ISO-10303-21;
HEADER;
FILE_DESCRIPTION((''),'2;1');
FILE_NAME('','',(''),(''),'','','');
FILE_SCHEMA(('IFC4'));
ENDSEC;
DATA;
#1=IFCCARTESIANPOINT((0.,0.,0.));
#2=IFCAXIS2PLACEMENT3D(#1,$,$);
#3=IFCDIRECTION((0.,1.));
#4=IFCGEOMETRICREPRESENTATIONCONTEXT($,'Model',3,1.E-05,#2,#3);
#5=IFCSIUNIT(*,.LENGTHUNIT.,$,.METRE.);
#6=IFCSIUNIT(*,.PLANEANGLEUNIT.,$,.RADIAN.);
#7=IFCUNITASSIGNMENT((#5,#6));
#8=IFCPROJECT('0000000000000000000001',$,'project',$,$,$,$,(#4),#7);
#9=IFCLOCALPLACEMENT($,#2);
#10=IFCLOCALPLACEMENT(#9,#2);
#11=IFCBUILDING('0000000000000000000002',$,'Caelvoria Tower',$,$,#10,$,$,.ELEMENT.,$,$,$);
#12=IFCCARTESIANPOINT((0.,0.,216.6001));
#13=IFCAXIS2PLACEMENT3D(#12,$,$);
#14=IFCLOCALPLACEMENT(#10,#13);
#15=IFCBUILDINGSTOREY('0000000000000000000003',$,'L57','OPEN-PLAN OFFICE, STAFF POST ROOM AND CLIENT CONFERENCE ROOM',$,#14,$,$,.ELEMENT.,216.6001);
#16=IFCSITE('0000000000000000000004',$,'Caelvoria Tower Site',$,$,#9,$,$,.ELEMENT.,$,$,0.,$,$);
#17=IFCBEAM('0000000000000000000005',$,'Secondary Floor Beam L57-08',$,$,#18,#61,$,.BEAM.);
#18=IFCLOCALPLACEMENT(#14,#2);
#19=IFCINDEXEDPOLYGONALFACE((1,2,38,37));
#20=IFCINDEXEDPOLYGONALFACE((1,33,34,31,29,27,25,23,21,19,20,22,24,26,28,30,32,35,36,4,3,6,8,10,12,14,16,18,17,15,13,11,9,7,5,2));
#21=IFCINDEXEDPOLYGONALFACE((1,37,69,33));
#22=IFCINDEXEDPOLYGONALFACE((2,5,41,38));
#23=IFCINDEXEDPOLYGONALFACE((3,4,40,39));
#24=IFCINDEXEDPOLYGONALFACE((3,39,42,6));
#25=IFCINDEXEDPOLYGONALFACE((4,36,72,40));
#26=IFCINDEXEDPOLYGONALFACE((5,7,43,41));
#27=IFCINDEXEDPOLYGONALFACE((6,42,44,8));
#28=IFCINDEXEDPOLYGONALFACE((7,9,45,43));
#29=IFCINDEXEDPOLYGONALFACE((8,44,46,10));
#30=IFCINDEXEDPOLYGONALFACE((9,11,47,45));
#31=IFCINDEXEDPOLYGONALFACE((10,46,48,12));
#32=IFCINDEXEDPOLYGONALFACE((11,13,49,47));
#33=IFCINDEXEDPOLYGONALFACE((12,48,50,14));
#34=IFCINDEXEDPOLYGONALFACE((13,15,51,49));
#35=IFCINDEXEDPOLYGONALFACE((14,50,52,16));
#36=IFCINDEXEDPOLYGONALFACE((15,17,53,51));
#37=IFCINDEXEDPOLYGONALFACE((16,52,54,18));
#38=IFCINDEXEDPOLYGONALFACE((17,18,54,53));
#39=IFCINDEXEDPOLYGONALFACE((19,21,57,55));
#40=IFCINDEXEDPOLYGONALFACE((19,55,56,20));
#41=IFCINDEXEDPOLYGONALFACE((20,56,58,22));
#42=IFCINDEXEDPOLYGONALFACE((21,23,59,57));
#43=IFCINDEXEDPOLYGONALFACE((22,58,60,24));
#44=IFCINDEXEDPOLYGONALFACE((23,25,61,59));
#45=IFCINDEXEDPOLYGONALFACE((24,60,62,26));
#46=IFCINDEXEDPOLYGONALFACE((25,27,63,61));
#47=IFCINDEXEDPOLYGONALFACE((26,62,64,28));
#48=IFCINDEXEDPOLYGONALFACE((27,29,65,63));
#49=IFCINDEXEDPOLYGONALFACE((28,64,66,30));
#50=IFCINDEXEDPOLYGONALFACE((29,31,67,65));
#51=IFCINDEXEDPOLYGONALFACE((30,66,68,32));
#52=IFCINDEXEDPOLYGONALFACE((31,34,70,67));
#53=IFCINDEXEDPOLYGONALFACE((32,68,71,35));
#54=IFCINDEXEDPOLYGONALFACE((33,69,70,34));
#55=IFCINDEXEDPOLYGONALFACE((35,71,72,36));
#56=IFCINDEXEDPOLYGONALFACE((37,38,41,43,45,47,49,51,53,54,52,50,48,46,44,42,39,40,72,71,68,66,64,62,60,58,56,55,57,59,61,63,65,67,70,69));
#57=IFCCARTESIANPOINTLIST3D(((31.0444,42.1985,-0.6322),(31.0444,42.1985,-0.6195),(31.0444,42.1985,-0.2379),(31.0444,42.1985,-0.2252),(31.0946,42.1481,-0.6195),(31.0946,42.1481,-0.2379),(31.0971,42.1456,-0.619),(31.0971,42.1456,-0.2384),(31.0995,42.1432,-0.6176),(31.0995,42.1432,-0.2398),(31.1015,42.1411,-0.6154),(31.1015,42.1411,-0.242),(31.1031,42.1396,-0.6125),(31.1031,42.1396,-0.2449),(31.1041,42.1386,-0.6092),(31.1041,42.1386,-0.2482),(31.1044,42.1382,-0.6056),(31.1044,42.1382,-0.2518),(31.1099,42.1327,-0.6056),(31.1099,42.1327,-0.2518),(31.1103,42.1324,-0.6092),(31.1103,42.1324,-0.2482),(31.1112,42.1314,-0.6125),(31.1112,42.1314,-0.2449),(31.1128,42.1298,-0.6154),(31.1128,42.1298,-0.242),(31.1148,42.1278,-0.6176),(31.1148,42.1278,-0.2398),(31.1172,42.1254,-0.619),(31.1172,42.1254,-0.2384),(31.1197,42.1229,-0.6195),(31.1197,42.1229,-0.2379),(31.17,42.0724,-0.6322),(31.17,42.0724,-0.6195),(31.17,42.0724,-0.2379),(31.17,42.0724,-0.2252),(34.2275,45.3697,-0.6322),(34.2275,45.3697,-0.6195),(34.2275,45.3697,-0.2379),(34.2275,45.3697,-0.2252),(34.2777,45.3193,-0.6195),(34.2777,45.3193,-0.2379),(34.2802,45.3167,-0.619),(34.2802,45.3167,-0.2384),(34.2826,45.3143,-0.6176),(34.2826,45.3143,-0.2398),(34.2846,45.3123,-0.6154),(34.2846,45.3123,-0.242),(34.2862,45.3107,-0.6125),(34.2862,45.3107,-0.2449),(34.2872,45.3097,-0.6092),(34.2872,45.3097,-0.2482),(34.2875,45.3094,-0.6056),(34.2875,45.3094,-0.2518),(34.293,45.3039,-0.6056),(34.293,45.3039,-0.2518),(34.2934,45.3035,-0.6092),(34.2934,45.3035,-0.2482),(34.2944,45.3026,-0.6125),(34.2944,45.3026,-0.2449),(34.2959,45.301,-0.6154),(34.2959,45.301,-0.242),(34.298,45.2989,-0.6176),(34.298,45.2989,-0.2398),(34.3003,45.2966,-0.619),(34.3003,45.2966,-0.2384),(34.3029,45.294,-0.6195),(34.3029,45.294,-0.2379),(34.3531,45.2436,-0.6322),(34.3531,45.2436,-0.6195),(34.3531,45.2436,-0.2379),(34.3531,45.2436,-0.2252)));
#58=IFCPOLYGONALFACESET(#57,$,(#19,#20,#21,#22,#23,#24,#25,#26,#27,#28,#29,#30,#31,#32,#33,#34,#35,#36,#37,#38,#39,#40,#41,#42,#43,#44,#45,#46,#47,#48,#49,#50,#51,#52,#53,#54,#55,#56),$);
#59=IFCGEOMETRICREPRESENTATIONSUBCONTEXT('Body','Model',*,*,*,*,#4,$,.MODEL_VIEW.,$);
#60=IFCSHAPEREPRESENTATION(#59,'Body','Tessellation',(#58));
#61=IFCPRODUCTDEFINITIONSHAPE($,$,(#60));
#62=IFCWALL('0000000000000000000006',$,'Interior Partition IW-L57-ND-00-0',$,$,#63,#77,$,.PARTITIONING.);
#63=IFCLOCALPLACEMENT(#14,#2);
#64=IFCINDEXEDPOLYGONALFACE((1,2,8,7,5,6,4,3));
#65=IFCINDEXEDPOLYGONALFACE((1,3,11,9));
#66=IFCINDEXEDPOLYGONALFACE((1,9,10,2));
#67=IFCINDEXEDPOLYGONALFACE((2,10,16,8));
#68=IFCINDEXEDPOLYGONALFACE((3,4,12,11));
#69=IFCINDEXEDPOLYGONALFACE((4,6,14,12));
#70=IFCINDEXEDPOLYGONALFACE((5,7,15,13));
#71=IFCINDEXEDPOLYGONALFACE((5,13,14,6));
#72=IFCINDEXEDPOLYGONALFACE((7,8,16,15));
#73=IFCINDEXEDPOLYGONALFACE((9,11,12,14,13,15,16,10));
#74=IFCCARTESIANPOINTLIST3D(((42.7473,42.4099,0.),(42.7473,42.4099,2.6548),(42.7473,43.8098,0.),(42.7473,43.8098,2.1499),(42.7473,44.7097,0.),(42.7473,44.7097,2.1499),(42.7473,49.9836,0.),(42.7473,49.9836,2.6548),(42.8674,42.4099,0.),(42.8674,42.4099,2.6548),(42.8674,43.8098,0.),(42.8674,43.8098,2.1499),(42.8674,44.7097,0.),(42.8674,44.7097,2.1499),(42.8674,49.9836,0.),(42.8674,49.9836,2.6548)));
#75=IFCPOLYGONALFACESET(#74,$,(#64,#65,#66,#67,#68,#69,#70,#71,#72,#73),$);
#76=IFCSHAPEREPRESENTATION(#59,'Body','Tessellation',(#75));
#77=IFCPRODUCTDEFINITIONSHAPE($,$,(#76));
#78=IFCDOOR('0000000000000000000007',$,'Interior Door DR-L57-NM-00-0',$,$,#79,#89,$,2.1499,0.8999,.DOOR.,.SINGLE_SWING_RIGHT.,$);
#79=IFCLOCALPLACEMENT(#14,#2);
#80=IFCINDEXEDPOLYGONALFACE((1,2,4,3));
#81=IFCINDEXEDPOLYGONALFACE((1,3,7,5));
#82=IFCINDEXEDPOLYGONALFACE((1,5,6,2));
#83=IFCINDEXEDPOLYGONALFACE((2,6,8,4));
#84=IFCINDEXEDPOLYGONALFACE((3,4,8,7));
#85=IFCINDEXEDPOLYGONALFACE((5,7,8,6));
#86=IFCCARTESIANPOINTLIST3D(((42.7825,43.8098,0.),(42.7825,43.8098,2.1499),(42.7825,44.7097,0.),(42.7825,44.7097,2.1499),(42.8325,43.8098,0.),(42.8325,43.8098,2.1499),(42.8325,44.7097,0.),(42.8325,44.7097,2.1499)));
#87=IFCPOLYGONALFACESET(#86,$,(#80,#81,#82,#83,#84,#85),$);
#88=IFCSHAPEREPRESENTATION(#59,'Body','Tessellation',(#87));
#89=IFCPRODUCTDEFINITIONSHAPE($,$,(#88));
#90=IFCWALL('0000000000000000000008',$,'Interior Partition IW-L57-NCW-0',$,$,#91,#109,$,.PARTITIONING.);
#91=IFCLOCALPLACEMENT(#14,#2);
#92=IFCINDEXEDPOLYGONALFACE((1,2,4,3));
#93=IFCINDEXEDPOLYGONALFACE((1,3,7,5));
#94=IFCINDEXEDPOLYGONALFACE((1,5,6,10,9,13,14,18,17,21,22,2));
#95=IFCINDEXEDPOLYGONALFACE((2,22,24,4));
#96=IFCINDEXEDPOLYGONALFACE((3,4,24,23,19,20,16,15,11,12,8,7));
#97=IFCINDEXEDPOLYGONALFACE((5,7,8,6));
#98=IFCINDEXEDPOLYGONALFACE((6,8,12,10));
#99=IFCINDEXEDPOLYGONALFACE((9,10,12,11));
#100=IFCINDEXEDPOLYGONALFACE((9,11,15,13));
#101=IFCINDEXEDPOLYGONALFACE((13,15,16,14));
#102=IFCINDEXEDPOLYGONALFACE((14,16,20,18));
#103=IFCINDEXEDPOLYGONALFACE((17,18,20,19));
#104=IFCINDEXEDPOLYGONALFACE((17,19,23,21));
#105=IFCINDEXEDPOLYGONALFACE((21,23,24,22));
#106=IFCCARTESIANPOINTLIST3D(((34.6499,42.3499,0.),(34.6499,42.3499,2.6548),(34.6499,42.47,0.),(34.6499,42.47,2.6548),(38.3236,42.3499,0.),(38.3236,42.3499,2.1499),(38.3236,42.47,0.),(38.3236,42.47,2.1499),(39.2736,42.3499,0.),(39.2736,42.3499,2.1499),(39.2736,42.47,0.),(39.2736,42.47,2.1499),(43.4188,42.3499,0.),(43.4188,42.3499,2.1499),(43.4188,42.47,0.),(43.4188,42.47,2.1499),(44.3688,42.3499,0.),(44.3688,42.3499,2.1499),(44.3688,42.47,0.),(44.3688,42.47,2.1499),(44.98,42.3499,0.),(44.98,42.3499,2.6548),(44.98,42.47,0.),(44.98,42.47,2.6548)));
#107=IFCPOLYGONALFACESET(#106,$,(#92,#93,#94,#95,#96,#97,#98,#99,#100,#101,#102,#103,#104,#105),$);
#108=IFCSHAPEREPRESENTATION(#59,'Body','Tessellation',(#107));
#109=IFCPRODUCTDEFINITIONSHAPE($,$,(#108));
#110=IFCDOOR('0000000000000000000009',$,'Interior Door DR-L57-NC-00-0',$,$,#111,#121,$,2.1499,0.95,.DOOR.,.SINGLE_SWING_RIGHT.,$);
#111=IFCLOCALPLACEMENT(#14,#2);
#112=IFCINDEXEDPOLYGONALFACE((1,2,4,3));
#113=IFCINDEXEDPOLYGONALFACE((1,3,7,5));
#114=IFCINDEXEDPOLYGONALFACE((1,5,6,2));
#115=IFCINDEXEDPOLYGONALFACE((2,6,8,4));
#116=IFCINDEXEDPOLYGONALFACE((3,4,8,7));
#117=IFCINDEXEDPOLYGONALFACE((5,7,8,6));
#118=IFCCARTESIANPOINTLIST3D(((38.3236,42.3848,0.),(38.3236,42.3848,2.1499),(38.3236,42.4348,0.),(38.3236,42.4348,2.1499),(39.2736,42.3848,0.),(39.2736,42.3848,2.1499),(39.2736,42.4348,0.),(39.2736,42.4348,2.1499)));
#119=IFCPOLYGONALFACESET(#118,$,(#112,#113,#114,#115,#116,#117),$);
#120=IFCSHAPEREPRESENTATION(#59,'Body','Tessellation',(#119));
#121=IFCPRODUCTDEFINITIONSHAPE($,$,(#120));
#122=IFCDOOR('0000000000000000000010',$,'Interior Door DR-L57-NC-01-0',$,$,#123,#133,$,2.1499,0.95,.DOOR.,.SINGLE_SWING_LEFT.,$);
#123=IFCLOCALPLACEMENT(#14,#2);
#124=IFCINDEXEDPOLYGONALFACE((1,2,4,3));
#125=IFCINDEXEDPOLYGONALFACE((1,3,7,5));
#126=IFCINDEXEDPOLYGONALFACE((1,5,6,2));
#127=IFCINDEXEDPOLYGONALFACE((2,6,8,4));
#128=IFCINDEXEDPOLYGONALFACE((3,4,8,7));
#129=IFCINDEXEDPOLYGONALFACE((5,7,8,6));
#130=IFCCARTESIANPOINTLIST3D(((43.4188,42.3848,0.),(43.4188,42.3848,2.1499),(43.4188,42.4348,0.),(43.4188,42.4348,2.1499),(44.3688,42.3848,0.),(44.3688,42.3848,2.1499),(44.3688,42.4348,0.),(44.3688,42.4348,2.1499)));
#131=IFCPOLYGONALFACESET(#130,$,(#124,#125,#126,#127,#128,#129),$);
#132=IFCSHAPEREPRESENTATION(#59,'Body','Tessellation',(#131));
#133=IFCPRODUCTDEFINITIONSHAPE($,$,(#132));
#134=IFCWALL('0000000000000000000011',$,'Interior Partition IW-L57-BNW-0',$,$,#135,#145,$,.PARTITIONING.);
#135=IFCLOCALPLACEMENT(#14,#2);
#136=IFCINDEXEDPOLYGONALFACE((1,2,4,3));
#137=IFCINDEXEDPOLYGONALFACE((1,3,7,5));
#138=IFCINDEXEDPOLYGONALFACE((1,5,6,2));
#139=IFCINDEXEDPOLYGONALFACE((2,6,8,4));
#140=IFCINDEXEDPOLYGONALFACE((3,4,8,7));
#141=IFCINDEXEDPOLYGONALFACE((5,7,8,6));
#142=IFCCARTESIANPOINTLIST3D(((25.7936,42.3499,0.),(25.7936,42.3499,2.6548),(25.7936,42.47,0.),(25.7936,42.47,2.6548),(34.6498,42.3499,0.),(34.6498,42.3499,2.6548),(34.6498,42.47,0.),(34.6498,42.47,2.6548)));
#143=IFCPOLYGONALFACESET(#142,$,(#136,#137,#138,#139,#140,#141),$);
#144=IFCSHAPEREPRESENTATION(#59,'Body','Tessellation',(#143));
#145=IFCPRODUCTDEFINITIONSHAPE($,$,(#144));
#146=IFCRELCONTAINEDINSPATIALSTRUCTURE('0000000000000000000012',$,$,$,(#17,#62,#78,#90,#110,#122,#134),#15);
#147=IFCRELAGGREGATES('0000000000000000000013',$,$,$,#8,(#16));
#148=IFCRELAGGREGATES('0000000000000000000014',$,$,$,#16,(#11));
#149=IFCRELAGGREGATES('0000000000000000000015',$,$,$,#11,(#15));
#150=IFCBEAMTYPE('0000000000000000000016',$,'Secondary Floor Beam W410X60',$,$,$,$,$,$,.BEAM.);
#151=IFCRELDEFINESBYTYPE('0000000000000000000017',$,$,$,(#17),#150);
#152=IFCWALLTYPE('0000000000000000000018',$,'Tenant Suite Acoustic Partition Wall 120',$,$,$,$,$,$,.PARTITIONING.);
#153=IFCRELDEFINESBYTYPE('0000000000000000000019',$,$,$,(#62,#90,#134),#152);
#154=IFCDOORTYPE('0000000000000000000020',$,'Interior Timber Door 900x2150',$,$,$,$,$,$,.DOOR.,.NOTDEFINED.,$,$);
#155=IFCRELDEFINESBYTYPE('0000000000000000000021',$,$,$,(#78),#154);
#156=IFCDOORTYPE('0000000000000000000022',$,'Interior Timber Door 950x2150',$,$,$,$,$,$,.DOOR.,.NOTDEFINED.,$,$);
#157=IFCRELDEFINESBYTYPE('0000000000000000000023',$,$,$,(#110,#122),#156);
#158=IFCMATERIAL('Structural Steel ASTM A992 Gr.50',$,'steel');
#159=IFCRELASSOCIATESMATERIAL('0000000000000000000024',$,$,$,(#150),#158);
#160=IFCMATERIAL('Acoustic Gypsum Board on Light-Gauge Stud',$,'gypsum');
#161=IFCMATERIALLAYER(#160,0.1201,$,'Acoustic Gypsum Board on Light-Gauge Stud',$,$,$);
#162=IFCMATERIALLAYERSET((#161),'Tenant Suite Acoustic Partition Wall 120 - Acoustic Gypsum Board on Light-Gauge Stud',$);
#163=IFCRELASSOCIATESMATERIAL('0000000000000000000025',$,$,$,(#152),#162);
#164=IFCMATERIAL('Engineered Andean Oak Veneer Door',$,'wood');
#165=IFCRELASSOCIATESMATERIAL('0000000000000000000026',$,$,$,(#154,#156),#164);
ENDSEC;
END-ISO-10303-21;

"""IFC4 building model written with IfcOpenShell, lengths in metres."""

from ifc_helpers import new_model, si_unit, direction, frame, frame_2d, origin, origin_2d, place, context, subcontext, project, spatial, rectangle, i_section, extrude, material, layer, layer_set, material_profile, profile_set, type_object, element, fill, save


model = new_model("IFC4")

# Units and contexts
model_context = context("Model", 3, precision=1e-05, world=origin(), true_north=direction((0.0, 1.0)))
body_context = subcontext(model_context, "Body", "Model", "MODEL_VIEW")
ifc_project = project(units=[si_unit("LENGTHUNIT", "METRE"), si_unit("PLANEANGLEUNIT", "RADIAN")], contexts=[model_context])

# Site, building, storey
site_placement = place(None, origin())
site = spatial("IfcSite", under=ifc_project, at=site_placement, Name="Caelvoria Tower Site", CompositionType="ELEMENT", RefElevation=0.0)
building_placement = place(site_placement, origin())
building = spatial("IfcBuilding", under=site, at=building_placement, Name="Caelvoria Tower", CompositionType="ELEMENT")
storey_placement = place(building_placement, frame((0.0, 0.0, 216.6001)))
storey = spatial("IfcBuildingStorey", under=building, at=storey_placement, Name="L57", Description="OPEN-PLAN OFFICE, STAFF POST ROOM AND CLIENT CONFERENCE ROOM", CompositionType="ELEMENT", Elevation=216.6001)

# Shared definitions
ifc_material_1 = material(Name="Structural Steel ASTM A992 Gr.50", Category="steel")

# Beam
ifc_material_profile_1 = material_profile(ifc_material_1, i_section(OverallWidth=0.178, OverallDepth=0.407, WebThickness=0.0078, FlangeThickness=0.0127, FilletRadius=0.0139, at=origin_2d()), Name="Structural Steel ASTM A992 Gr.50")
ifc_profile_set_1 = profile_set([ifc_material_profile_1], Name="W410X60 - Structural Steel ASTM A992 Gr.50")
beam_type_1 = type_object("IfcBeamType", Name="Secondary Floor Beam W410X60", PredefinedType="BEAM", material=ifc_profile_set_1)
beam_1_placement = place(storey_placement, frame((34.2903, 45.3066, -0.4287), z_axis=(-0.708437, -0.705774, 0.0), x_axis=(0.705774, -0.708437, 0.0)))
element("IfcBeam", 1, at=beam_1_placement, inside=storey, type_object=beam_type_1, Name="Secondary Floor Beam L57-08", PredefinedType="BEAM", context=body_context, shape_type="SweptSolid", body=[
    extrude(i_section(OverallWidth=0.178, OverallDepth=0.407, WebThickness=0.0078, FlangeThickness=0.0127, FilletRadius=0.0139, at=origin_2d()), origin(), (0.0, 0.0, 1.0), 4.4932),
])

# Wall, opening, door
ifc_material_2 = material(Name="Acoustic Gypsum Board on Light-Gauge Stud", Category="gypsum")
ifc_layer_1 = layer(ifc_material_2, 0.1201, Name="Acoustic Gypsum Board on Light-Gauge Stud")
ifc_layer_set_1 = layer_set([ifc_layer_1], Name="Tenant Suite Acoustic Partition Wall 120 - Acoustic Gypsum Board on Light-Gauge Stud")
wall_type_1 = type_object("IfcWallType", Name="Tenant Suite Acoustic Partition Wall 120", PredefinedType="PARTITIONING", material=ifc_layer_set_1)
wall_1_placement = place(storey_placement, frame((42.8074, 42.4099, 0.0), z_axis=(0.0, 0.0, 1.0), x_axis=(0.0, 1.0, 0.0)))
wall_1 = element("IfcWall", 2, at=wall_1_placement, inside=storey, type_object=wall_type_1, Name="Interior Partition IW-L57-ND-00-0", PredefinedType="PARTITIONING", context=body_context, shape_type="SweptSolid", body=[
    extrude(rectangle(XDim=7.5737, YDim=0.1201, at=frame_2d((3.7869, 0.0))), origin(), (0.0, 0.0, 1.0), 2.6548),
])
opening_1_placement = place(wall_1_placement, frame((1.3999, 0.0, 0.0)))
opening_1 = element("IfcOpeningElement", 3, at=opening_1_placement, cuts=wall_1, PredefinedType="OPENING", context=body_context, shape_type="SweptSolid", body=[
    extrude(rectangle(XDim=0.8999, YDim=2.1499, at=frame_2d((0.45, 1.075))), frame((0.0, 0.0701, 0.0), z_axis=(0.0, -1.0, 0.0), x_axis=(1.0, 0.0, 0.0)), (0.0, 0.0, 1.0), 0.1401),
])
ifc_material_3 = material(Name="Engineered Andean Oak Veneer Door", Category="wood")
door_type_1 = type_object("IfcDoorType", Name="Interior Timber Door 900x2150", OperationType="NOTDEFINED", PredefinedType="DOOR", material=ifc_material_3)
door_1_placement = place(opening_1_placement, origin())
door_1 = element("IfcDoor", 4, at=door_1_placement, inside=storey, type_object=door_type_1, Name="Interior Door DR-L57-NM-00-0", OperationType="SINGLE_SWING_RIGHT", OverallHeight=2.1499, OverallWidth=0.8999, PredefinedType="DOOR", context=body_context, shape_type="SweptSolid", body=[
    extrude(rectangle(XDim=0.8999, YDim=2.1499, at=frame_2d((0.45, 1.075))), frame((0.0, 0.0249, 0.0), z_axis=(0.0, -1.0, 0.0), x_axis=(1.0, 0.0, 0.0)), (0.0, 0.0, 1.0), 0.05),
])
fill(opening_1, door_1)

# Wall, openings, doors
wall_2_placement = place(storey_placement, frame((34.6499, 42.4099, 0.0), z_axis=(0.0, 0.0, 1.0), x_axis=(1.0, 0.0, 0.0)))
wall_2 = element("IfcWall", 5, at=wall_2_placement, inside=storey, type_object=wall_type_1, Name="Interior Partition IW-L57-NCW-0", PredefinedType="PARTITIONING", context=body_context, shape_type="SweptSolid", body=[
    extrude(rectangle(XDim=10.3301, YDim=0.1201, at=frame_2d((5.165, 0.0))), origin(), (0.0, 0.0, 1.0), 2.6548),
])
opening_2_placement = place(wall_2_placement, frame((3.6736, 0.0, 0.0)))
opening_2 = element("IfcOpeningElement", 6, at=opening_2_placement, cuts=wall_2, PredefinedType="OPENING", context=body_context, shape_type="SweptSolid", body=[
    extrude(rectangle(XDim=0.95, YDim=2.1499, at=frame_2d((0.4751, 1.075))), frame((0.0, 0.0701, 0.0), z_axis=(0.0, -1.0, 0.0), x_axis=(1.0, 0.0, 0.0)), (0.0, 0.0, 1.0), 0.1401),
])
opening_3_placement = place(wall_2_placement, frame((8.7688, 0.0, 0.0)))
opening_3 = element("IfcOpeningElement", 7, at=opening_3_placement, cuts=wall_2, PredefinedType="OPENING", context=body_context, shape_type="SweptSolid", body=[
    extrude(rectangle(XDim=0.95, YDim=2.1499, at=frame_2d((0.4751, 1.075))), frame((0.0, 0.0701, 0.0), z_axis=(0.0, -1.0, 0.0), x_axis=(1.0, 0.0, 0.0)), (0.0, 0.0, 1.0), 0.1401),
])
door_type_2 = type_object("IfcDoorType", Name="Interior Timber Door 950x2150", OperationType="NOTDEFINED", PredefinedType="DOOR", material=ifc_material_3)
door_2_placement = place(opening_2_placement, origin())
door_2 = element("IfcDoor", 8, at=door_2_placement, inside=storey, type_object=door_type_2, Name="Interior Door DR-L57-NC-00-0", OperationType="SINGLE_SWING_RIGHT", OverallHeight=2.1499, OverallWidth=0.95, PredefinedType="DOOR", context=body_context, shape_type="SweptSolid", body=[
    extrude(rectangle(XDim=0.95, YDim=2.1499, at=frame_2d((0.4751, 1.075))), frame((0.0, 0.0249, 0.0), z_axis=(0.0, -1.0, 0.0), x_axis=(1.0, 0.0, 0.0)), (0.0, 0.0, 1.0), 0.05),
])
fill(opening_2, door_2)
door_3_placement = place(opening_3_placement, origin())
door_3 = element("IfcDoor", 9, at=door_3_placement, inside=storey, type_object=door_type_2, Name="Interior Door DR-L57-NC-01-0", OperationType="SINGLE_SWING_LEFT", OverallHeight=2.1499, OverallWidth=0.95, PredefinedType="DOOR", context=body_context, shape_type="SweptSolid", body=[
    extrude(rectangle(XDim=0.95, YDim=2.1499, at=frame_2d((0.4751, 1.075))), frame((0.0, 0.0249, 0.0), z_axis=(0.0, -1.0, 0.0), x_axis=(1.0, 0.0, 0.0)), (0.0, 0.0, 1.0), 0.05),
])
fill(opening_3, door_3)

# Wall
wall_3_placement = place(storey_placement, frame((34.6499, 42.4099, 0.0), z_axis=(0.0, 0.0, 1.0), x_axis=(-1.0, 0.0, 0.0)))
element("IfcWall", 10, at=wall_3_placement, inside=storey, type_object=wall_type_1, Name="Interior Partition IW-L57-BNW-0", PredefinedType="PARTITIONING", context=body_context, shape_type="SweptSolid", body=[
    extrude(rectangle(XDim=8.8562, YDim=0.1201, at=frame_2d((4.4282, 0.0))), origin(), (0.0, 0.0, 1.0), 2.6548),
])

save(model, "model.ifc")
